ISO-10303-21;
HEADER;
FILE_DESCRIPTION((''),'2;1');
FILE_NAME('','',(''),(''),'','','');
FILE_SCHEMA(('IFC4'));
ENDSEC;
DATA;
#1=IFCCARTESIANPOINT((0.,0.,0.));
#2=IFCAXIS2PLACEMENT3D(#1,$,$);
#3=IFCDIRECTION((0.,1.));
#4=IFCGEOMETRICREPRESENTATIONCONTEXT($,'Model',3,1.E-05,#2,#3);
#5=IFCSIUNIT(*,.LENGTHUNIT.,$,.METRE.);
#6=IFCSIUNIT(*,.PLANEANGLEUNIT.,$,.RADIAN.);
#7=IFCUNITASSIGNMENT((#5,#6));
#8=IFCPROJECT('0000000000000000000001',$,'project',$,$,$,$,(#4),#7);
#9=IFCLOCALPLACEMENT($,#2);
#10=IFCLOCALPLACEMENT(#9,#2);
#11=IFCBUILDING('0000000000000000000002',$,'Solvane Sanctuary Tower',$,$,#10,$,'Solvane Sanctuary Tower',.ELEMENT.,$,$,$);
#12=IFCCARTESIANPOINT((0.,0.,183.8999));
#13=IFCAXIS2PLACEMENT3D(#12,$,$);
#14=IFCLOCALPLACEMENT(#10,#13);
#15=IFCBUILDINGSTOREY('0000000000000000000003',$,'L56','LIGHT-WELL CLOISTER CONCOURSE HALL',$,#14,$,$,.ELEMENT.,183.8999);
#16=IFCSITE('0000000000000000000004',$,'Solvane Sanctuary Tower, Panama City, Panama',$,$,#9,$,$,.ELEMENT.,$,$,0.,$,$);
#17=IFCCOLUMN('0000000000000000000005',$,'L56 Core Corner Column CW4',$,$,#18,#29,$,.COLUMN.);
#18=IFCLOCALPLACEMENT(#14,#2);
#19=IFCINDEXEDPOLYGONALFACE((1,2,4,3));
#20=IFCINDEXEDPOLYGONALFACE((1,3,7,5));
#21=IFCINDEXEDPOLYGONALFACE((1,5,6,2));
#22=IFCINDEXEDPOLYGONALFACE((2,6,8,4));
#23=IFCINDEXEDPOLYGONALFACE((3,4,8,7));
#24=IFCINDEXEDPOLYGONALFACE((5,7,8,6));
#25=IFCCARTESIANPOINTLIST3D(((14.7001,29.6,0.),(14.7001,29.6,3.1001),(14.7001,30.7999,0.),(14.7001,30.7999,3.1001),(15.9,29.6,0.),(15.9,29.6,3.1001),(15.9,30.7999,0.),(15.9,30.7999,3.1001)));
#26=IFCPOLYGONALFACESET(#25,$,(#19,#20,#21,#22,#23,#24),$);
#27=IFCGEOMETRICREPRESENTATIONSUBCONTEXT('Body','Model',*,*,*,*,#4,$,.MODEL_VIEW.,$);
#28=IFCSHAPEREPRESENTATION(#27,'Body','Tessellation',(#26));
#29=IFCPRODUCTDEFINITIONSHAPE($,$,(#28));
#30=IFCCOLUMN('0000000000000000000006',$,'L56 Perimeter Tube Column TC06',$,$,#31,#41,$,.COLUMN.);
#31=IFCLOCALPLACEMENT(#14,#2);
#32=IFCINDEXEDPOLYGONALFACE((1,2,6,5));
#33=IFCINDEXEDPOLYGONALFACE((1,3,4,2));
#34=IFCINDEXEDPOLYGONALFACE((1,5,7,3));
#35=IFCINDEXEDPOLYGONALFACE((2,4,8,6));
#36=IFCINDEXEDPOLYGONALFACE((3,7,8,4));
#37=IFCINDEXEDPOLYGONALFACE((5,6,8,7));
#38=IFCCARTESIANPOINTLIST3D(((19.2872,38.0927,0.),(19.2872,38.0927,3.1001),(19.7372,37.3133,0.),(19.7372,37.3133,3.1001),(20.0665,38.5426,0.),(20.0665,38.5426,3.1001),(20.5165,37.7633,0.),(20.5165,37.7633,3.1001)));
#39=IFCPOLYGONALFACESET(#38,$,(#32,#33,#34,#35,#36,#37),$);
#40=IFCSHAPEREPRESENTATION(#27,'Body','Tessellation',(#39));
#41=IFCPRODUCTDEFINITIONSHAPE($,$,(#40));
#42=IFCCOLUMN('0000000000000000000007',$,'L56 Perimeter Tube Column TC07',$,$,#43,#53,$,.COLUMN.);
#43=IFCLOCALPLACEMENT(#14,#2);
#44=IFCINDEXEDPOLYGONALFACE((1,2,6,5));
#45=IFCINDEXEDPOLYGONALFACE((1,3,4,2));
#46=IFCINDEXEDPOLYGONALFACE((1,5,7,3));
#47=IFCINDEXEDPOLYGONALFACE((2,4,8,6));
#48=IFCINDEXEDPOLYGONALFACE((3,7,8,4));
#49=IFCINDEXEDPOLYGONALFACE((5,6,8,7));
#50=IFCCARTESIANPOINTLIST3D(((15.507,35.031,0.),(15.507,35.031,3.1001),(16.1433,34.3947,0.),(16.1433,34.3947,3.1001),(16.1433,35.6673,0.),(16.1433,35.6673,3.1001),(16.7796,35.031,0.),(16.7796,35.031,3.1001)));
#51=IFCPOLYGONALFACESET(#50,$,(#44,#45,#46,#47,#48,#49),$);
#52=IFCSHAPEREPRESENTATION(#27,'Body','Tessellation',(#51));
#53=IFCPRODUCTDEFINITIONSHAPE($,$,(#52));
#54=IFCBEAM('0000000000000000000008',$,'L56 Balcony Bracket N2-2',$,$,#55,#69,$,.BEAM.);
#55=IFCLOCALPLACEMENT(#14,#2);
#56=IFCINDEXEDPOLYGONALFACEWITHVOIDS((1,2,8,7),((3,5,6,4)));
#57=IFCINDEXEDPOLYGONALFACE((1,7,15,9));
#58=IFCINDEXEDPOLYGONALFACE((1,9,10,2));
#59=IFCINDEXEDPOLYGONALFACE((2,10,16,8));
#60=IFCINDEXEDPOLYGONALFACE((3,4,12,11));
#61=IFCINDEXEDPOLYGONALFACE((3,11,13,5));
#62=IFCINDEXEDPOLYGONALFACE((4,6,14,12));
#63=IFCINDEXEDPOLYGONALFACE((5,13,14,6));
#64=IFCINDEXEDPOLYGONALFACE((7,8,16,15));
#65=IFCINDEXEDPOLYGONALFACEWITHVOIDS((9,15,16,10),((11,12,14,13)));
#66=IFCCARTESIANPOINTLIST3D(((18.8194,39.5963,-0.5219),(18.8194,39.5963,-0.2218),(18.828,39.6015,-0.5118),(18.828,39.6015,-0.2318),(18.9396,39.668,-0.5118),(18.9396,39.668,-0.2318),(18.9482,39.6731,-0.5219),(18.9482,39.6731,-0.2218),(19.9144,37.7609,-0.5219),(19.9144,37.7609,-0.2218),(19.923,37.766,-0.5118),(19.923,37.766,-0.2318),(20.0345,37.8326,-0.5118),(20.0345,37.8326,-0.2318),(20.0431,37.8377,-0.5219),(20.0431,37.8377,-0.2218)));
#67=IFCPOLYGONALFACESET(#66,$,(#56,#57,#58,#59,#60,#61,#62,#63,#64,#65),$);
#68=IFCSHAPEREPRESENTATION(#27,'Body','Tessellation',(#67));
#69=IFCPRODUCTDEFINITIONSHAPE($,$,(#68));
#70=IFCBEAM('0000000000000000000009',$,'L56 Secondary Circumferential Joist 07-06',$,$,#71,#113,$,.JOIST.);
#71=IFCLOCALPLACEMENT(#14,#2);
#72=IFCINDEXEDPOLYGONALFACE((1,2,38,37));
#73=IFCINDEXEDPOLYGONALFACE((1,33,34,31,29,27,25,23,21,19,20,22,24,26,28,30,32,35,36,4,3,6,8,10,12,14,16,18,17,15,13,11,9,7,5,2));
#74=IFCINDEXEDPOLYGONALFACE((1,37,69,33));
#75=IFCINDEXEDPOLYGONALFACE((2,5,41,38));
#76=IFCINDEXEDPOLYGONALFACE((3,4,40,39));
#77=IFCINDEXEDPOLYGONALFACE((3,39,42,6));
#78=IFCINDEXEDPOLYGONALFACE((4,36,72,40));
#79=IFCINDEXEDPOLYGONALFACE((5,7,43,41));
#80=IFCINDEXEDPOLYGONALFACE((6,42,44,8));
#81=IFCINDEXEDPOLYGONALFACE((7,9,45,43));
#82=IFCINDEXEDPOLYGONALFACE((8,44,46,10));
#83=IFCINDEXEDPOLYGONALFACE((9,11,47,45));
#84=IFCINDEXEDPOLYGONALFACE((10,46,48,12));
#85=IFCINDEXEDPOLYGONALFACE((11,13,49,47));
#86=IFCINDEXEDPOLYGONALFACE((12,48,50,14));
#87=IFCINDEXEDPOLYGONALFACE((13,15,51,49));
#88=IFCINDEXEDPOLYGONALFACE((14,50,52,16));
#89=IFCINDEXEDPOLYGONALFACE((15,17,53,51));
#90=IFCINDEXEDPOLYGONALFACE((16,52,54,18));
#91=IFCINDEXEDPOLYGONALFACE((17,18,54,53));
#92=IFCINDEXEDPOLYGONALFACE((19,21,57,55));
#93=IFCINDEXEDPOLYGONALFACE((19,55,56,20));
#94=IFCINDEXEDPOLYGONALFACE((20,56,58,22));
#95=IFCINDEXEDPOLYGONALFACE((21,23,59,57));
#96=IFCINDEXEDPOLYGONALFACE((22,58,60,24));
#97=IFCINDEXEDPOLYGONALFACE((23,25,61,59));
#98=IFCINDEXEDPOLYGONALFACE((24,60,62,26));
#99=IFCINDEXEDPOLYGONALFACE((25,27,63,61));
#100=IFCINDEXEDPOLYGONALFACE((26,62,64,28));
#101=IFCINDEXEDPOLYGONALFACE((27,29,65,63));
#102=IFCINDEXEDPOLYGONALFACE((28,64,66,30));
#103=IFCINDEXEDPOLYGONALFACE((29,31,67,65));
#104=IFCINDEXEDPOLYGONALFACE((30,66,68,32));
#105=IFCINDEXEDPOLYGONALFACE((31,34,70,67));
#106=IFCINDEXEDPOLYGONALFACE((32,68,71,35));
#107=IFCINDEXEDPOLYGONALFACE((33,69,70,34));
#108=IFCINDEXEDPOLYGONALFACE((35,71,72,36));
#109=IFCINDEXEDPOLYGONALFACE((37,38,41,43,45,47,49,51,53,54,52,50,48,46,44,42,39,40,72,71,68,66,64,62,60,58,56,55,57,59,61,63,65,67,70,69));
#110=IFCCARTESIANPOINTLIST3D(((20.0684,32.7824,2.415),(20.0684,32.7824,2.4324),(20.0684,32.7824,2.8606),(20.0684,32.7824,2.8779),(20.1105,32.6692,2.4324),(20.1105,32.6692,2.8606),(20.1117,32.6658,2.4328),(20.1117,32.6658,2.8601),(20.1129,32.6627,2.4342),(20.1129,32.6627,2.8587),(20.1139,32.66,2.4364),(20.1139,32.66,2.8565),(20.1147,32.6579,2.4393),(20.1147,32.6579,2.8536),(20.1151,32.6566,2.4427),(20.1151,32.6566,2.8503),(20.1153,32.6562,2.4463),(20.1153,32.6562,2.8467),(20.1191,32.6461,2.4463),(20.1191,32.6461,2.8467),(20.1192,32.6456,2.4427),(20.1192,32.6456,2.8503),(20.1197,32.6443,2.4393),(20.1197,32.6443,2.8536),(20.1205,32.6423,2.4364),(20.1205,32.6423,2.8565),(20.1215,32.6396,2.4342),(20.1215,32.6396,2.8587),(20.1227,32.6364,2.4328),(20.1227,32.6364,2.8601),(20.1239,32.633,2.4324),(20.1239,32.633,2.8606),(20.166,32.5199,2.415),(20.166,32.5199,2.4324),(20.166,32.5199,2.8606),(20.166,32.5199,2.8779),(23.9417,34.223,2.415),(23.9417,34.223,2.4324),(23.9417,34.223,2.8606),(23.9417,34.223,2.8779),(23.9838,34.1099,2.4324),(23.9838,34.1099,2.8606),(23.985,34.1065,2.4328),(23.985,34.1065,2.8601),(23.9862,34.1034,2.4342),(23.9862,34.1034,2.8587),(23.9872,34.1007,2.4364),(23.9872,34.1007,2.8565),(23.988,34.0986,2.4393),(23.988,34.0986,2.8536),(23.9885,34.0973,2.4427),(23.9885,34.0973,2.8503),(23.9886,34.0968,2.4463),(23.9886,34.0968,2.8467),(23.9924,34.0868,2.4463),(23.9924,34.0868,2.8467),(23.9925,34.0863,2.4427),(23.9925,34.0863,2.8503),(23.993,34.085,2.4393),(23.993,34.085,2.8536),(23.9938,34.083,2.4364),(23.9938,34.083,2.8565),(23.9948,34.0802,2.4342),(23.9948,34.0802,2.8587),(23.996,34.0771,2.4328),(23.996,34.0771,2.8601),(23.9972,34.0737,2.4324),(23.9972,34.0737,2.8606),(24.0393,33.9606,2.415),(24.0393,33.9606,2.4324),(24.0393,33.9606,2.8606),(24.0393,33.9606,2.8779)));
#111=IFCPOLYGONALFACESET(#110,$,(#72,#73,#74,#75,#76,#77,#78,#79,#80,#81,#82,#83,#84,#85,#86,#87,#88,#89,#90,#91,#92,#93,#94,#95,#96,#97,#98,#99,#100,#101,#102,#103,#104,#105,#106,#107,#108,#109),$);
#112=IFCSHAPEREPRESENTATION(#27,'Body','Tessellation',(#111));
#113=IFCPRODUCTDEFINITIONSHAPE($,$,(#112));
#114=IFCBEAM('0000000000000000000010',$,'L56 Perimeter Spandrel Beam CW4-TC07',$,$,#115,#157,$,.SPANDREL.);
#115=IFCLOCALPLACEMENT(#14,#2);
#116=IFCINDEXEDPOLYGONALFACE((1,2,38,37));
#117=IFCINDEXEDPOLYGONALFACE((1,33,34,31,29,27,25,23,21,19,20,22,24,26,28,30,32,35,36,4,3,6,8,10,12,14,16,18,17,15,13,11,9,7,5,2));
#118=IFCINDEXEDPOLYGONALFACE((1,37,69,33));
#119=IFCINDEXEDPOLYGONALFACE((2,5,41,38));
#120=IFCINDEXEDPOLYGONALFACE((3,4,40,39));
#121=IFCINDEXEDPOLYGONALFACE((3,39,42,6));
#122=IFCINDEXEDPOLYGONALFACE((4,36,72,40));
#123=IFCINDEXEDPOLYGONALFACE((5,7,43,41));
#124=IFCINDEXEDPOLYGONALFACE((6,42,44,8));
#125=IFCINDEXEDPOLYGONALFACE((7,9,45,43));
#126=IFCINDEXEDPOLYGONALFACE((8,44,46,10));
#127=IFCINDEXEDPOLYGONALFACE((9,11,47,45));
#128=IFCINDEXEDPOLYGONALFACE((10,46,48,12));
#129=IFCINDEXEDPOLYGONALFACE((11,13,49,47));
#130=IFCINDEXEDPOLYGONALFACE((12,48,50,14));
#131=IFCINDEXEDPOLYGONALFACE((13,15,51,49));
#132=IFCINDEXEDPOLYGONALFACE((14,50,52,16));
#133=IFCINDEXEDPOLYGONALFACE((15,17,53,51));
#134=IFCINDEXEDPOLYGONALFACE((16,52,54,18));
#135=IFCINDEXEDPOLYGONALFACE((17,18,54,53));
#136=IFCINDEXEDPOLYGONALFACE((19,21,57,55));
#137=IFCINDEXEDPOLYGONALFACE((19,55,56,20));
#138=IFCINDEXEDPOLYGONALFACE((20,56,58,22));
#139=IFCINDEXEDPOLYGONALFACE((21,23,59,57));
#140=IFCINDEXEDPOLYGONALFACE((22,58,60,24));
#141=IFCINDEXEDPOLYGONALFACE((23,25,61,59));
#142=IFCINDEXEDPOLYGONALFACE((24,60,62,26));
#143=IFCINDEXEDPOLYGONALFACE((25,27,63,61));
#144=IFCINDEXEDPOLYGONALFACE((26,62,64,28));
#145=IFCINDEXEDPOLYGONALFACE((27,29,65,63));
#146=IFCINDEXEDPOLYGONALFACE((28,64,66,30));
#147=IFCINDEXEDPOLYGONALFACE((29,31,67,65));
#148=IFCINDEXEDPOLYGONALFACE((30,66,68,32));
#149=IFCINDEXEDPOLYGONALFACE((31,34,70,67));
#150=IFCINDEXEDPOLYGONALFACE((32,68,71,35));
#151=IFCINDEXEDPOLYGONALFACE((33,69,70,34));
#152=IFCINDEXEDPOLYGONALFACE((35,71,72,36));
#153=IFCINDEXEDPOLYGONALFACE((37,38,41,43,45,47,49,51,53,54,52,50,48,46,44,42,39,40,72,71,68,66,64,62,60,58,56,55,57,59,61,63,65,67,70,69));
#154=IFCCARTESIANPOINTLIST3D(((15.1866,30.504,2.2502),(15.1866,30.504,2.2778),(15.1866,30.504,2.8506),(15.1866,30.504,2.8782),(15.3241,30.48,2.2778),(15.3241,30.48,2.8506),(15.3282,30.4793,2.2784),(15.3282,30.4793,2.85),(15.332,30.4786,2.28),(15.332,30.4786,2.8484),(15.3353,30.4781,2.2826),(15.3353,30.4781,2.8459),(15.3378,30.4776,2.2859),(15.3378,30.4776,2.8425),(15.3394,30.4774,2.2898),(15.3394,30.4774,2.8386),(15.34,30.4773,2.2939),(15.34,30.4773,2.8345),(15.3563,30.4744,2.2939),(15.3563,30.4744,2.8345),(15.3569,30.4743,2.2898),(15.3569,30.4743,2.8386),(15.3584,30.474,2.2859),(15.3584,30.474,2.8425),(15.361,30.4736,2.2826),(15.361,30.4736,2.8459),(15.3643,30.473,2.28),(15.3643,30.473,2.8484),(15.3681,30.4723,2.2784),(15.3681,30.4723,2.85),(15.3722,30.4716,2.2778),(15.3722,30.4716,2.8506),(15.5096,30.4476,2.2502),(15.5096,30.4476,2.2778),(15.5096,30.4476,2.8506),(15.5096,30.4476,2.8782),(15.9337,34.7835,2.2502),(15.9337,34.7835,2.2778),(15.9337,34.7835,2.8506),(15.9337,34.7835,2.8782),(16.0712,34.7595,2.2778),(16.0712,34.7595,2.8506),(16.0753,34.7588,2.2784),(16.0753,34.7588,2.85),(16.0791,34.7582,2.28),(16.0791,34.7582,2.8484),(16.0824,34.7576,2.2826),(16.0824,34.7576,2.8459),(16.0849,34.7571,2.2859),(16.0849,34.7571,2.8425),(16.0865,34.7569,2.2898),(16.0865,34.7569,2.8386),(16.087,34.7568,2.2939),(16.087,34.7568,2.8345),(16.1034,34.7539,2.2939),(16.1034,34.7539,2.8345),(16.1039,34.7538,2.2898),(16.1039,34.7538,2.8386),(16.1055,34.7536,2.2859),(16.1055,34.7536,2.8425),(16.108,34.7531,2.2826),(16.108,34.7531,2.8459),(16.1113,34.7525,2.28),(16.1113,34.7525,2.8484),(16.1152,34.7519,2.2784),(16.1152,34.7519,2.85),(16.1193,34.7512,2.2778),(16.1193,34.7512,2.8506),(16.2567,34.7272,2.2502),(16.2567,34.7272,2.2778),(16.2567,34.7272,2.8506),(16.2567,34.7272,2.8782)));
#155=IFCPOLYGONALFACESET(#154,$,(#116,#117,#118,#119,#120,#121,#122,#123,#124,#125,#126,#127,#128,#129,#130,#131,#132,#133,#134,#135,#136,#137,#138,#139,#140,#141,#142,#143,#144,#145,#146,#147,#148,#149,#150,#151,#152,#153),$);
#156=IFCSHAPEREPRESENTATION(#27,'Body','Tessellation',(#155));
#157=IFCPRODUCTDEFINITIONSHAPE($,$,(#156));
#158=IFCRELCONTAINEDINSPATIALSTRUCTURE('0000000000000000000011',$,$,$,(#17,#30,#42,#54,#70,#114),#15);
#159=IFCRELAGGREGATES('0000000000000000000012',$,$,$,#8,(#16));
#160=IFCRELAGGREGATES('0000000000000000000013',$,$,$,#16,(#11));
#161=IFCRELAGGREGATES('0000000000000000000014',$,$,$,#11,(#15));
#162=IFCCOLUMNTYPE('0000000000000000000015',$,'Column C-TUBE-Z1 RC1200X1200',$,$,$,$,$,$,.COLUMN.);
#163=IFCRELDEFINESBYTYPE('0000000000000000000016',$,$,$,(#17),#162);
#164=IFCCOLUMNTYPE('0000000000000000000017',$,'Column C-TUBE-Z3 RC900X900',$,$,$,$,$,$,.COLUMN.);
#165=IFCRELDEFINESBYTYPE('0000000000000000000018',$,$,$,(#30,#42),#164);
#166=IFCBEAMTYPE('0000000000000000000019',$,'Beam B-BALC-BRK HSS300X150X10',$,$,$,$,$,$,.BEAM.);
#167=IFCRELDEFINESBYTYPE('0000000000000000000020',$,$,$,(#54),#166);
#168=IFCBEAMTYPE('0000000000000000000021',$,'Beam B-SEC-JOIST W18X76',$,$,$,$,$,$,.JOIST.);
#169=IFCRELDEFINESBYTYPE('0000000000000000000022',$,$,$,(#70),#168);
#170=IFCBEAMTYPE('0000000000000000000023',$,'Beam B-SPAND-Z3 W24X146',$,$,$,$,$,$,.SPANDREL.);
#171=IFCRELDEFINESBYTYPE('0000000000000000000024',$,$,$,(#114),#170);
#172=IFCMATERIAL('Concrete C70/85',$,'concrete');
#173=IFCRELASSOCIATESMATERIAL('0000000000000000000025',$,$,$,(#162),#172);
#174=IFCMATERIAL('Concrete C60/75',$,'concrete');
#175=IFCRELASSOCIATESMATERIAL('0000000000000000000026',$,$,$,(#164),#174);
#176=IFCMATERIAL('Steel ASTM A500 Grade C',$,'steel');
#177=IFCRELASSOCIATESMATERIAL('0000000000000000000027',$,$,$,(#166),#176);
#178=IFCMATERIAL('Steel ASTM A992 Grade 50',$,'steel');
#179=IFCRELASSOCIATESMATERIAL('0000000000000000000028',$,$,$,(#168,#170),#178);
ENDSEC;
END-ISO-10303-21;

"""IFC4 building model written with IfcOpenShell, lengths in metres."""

from ifc_helpers import new_model, si_unit, direction, frame, origin, origin_2d, place, context, subcontext, project, spatial, rectangle, hollow_rectangle, i_section, extrude, material, material_profile, profile_set, type_object, element, save


model = new_model("IFC4")

# Units and contexts
model_context = context("Model", 3, precision=1e-05, world=origin(), true_north=direction((0.0, 1.0)))
body_context = subcontext(model_context, "Body", "Model", "MODEL_VIEW")
ifc_project = project(units=[si_unit("LENGTHUNIT", "METRE"), si_unit("PLANEANGLEUNIT", "RADIAN")], contexts=[model_context])

# Site, building, storey
site_placement = place(None, origin())
site = spatial("IfcSite", under=ifc_project, at=site_placement, Name="Solvane Sanctuary Tower, Panama City, Panama", CompositionType="ELEMENT", RefElevation=0.0)
building_placement = place(site_placement, origin())
building = spatial("IfcBuilding", under=site, at=building_placement, Name="Solvane Sanctuary Tower", LongName="Solvane Sanctuary Tower", CompositionType="ELEMENT")
storey_placement = place(building_placement, frame((0.0, 0.0, 183.8999)))
storey = spatial("IfcBuildingStorey", under=building, at=storey_placement, Name="L56", Description="LIGHT-WELL CLOISTER CONCOURSE HALL", CompositionType="ELEMENT", Elevation=183.8999)

# Columns
ifc_material_1 = material(Name="Concrete C70/85", Category="concrete")
ifc_material_profile_1 = material_profile(ifc_material_1, rectangle(XDim=1.2, YDim=1.2, at=origin_2d()), Name="RC1200X1200")
ifc_profile_set_1 = profile_set([ifc_material_profile_1], Name="Concrete C70/85")
column_type_1 = type_object("IfcColumnType", Name="Column C-TUBE-Z1 RC1200X1200", PredefinedType="COLUMN", material=ifc_profile_set_1)
column_placement = place(storey_placement, frame((15.3, 30.2, 0.0), z_axis=(0.0, 0.0, 1.0), x_axis=(1.0, 0.0, 0.0)))
element("IfcColumn", 1, at=column_placement, inside=storey, type_object=column_type_1, Name="L56 Core Corner Column CW4", PredefinedType="COLUMN", context=body_context, shape_type="SweptSolid", body=[
    extrude(rectangle(XDim=1.2, YDim=1.2, at=origin_2d()), origin(), (0.0, 0.0, 1.0), 3.1001),
])
ifc_material_2 = material(Name="Concrete C60/75", Category="concrete")
ifc_material_profile_2 = material_profile(ifc_material_2, rectangle(XDim=0.8999, YDim=0.8999, at=origin_2d()), Name="RC900X900")
ifc_profile_set_2 = profile_set([ifc_material_profile_2], Name="Concrete C60/75")
column_type_2 = type_object("IfcColumnType", Name="Column C-TUBE-Z3 RC900X900", PredefinedType="COLUMN", material=ifc_profile_set_2)
for number, where, z_axis, x_axis, name in (
    (2, (19.9019, 37.928, 0.0), (0.0, 0.0, 1.0), (-0.5, 0.866025, 0.0), "L56 Perimeter Tube Column TC06"),
    (3, (16.1433, 35.031, 0.0), (0.0, 0.0, 1.0), (-0.707107, 0.707107, 0.0), "L56 Perimeter Tube Column TC07"),
):
    element("IfcColumn", number, at=place(storey_placement, frame(where, z_axis=z_axis, x_axis=x_axis)), inside=storey, type_object=column_type_2, Name=name, PredefinedType="COLUMN", context=body_context, shape_type="SweptSolid", body=[
        extrude(rectangle(XDim=0.8999, YDim=0.8999, at=origin_2d()), origin(), (0.0, 0.0, 1.0), 3.1001),
    ])

# Beams
ifc_material_3 = material(Name="Steel ASTM A500 Grade C", Category="steel")
ifc_material_profile_3 = material_profile(ifc_material_3, hollow_rectangle(XDim=0.1499, YDim=0.3, WallThickness=0.01, at=origin_2d()), Name="HSS300X150X10")
ifc_profile_set_3 = profile_set([ifc_material_profile_3], Name="Steel ASTM A500 Grade C")
beam_type_1 = type_object("IfcBeamType", Name="Beam B-BALC-BRK HSS300X150X10", PredefinedType="BEAM", material=ifc_profile_set_3)
beam_1_placement = place(storey_placement, frame((19.9788, 37.7993, -0.3718), z_axis=(-0.512327, 0.85879, 0.0), x_axis=(-0.85879, -0.512327, 0.0)))
element("IfcBeam", 4, at=beam_1_placement, inside=storey, type_object=beam_type_1, Name="L56 Balcony Bracket N2-2", PredefinedType="BEAM", context=body_context, shape_type="SweptSolid", body=[
    extrude(hollow_rectangle(XDim=0.1499, YDim=0.3, WallThickness=0.01, at=origin_2d()), origin(), (0.0, 0.0, 1.0), 2.1372),
])
ifc_material_4 = material(Name="Steel ASTM A992 Grade 50", Category="steel")
ifc_material_profile_4 = material_profile(ifc_material_4, i_section(OverallWidth=0.28, OverallDepth=0.4629, WebThickness=0.0107, FlangeThickness=0.0173, FilletRadius=0.0139, at=origin_2d()), Name="W18X76")
ifc_profile_set_4 = profile_set([ifc_material_profile_4], Name="Steel ASTM A992 Grade 50")
beam_type_2 = type_object("IfcBeamType", Name="Beam B-SEC-JOIST W18X76", PredefinedType="JOIST", material=ifc_profile_set_4)
beam_2_placement = place(storey_placement, frame((20.1172, 32.6511, 2.6465), z_axis=(0.937265, 0.348617, 0.0), x_axis=(-0.348617, 0.937265, 0.0)))
element("IfcBeam", 5, at=beam_2_placement, inside=storey, type_object=beam_type_2, Name="L56 Secondary Circumferential Joist 07-06", PredefinedType="JOIST", context=body_context, shape_type="SweptSolid", body=[
    extrude(i_section(OverallWidth=0.28, OverallDepth=0.4629, WebThickness=0.0107, FlangeThickness=0.0173, FilletRadius=0.0139, at=origin_2d()), origin(), (0.0, 0.0, 1.0), 4.1326),
])
ifc_material_profile_5 = material_profile(ifc_material_4, i_section(OverallWidth=0.3279, OverallDepth=0.6279, WebThickness=0.0166, FlangeThickness=0.0276, FilletRadius=0.0161, at=origin_2d()), Name="W24X146")
ifc_profile_set_5 = profile_set([ifc_material_profile_5], Name="Steel ASTM A992 Grade 50")
beam_type_3 = type_object("IfcBeamType", Name="Beam B-SPAND-Z3 W24X146", PredefinedType="SPANDREL", material=ifc_profile_set_5)
beam_3_placement = place(storey_placement, frame((15.3481, 30.4758, 2.5642), z_axis=(0.171967, 0.985103, 0.0), x_axis=(-0.985103, 0.171967, 0.0)))
element("IfcBeam", 6, at=beam_3_placement, inside=storey, type_object=beam_type_3, Name="L56 Perimeter Spandrel Beam CW4-TC07", PredefinedType="SPANDREL", context=body_context, shape_type="SweptSolid", body=[
    extrude(i_section(OverallWidth=0.3279, OverallDepth=0.6279, WebThickness=0.0166, FlangeThickness=0.0276, FilletRadius=0.0161, at=origin_2d()), origin(), (0.0, 0.0, 1.0), 4.3442),
])

save(model, "model.ifc")
